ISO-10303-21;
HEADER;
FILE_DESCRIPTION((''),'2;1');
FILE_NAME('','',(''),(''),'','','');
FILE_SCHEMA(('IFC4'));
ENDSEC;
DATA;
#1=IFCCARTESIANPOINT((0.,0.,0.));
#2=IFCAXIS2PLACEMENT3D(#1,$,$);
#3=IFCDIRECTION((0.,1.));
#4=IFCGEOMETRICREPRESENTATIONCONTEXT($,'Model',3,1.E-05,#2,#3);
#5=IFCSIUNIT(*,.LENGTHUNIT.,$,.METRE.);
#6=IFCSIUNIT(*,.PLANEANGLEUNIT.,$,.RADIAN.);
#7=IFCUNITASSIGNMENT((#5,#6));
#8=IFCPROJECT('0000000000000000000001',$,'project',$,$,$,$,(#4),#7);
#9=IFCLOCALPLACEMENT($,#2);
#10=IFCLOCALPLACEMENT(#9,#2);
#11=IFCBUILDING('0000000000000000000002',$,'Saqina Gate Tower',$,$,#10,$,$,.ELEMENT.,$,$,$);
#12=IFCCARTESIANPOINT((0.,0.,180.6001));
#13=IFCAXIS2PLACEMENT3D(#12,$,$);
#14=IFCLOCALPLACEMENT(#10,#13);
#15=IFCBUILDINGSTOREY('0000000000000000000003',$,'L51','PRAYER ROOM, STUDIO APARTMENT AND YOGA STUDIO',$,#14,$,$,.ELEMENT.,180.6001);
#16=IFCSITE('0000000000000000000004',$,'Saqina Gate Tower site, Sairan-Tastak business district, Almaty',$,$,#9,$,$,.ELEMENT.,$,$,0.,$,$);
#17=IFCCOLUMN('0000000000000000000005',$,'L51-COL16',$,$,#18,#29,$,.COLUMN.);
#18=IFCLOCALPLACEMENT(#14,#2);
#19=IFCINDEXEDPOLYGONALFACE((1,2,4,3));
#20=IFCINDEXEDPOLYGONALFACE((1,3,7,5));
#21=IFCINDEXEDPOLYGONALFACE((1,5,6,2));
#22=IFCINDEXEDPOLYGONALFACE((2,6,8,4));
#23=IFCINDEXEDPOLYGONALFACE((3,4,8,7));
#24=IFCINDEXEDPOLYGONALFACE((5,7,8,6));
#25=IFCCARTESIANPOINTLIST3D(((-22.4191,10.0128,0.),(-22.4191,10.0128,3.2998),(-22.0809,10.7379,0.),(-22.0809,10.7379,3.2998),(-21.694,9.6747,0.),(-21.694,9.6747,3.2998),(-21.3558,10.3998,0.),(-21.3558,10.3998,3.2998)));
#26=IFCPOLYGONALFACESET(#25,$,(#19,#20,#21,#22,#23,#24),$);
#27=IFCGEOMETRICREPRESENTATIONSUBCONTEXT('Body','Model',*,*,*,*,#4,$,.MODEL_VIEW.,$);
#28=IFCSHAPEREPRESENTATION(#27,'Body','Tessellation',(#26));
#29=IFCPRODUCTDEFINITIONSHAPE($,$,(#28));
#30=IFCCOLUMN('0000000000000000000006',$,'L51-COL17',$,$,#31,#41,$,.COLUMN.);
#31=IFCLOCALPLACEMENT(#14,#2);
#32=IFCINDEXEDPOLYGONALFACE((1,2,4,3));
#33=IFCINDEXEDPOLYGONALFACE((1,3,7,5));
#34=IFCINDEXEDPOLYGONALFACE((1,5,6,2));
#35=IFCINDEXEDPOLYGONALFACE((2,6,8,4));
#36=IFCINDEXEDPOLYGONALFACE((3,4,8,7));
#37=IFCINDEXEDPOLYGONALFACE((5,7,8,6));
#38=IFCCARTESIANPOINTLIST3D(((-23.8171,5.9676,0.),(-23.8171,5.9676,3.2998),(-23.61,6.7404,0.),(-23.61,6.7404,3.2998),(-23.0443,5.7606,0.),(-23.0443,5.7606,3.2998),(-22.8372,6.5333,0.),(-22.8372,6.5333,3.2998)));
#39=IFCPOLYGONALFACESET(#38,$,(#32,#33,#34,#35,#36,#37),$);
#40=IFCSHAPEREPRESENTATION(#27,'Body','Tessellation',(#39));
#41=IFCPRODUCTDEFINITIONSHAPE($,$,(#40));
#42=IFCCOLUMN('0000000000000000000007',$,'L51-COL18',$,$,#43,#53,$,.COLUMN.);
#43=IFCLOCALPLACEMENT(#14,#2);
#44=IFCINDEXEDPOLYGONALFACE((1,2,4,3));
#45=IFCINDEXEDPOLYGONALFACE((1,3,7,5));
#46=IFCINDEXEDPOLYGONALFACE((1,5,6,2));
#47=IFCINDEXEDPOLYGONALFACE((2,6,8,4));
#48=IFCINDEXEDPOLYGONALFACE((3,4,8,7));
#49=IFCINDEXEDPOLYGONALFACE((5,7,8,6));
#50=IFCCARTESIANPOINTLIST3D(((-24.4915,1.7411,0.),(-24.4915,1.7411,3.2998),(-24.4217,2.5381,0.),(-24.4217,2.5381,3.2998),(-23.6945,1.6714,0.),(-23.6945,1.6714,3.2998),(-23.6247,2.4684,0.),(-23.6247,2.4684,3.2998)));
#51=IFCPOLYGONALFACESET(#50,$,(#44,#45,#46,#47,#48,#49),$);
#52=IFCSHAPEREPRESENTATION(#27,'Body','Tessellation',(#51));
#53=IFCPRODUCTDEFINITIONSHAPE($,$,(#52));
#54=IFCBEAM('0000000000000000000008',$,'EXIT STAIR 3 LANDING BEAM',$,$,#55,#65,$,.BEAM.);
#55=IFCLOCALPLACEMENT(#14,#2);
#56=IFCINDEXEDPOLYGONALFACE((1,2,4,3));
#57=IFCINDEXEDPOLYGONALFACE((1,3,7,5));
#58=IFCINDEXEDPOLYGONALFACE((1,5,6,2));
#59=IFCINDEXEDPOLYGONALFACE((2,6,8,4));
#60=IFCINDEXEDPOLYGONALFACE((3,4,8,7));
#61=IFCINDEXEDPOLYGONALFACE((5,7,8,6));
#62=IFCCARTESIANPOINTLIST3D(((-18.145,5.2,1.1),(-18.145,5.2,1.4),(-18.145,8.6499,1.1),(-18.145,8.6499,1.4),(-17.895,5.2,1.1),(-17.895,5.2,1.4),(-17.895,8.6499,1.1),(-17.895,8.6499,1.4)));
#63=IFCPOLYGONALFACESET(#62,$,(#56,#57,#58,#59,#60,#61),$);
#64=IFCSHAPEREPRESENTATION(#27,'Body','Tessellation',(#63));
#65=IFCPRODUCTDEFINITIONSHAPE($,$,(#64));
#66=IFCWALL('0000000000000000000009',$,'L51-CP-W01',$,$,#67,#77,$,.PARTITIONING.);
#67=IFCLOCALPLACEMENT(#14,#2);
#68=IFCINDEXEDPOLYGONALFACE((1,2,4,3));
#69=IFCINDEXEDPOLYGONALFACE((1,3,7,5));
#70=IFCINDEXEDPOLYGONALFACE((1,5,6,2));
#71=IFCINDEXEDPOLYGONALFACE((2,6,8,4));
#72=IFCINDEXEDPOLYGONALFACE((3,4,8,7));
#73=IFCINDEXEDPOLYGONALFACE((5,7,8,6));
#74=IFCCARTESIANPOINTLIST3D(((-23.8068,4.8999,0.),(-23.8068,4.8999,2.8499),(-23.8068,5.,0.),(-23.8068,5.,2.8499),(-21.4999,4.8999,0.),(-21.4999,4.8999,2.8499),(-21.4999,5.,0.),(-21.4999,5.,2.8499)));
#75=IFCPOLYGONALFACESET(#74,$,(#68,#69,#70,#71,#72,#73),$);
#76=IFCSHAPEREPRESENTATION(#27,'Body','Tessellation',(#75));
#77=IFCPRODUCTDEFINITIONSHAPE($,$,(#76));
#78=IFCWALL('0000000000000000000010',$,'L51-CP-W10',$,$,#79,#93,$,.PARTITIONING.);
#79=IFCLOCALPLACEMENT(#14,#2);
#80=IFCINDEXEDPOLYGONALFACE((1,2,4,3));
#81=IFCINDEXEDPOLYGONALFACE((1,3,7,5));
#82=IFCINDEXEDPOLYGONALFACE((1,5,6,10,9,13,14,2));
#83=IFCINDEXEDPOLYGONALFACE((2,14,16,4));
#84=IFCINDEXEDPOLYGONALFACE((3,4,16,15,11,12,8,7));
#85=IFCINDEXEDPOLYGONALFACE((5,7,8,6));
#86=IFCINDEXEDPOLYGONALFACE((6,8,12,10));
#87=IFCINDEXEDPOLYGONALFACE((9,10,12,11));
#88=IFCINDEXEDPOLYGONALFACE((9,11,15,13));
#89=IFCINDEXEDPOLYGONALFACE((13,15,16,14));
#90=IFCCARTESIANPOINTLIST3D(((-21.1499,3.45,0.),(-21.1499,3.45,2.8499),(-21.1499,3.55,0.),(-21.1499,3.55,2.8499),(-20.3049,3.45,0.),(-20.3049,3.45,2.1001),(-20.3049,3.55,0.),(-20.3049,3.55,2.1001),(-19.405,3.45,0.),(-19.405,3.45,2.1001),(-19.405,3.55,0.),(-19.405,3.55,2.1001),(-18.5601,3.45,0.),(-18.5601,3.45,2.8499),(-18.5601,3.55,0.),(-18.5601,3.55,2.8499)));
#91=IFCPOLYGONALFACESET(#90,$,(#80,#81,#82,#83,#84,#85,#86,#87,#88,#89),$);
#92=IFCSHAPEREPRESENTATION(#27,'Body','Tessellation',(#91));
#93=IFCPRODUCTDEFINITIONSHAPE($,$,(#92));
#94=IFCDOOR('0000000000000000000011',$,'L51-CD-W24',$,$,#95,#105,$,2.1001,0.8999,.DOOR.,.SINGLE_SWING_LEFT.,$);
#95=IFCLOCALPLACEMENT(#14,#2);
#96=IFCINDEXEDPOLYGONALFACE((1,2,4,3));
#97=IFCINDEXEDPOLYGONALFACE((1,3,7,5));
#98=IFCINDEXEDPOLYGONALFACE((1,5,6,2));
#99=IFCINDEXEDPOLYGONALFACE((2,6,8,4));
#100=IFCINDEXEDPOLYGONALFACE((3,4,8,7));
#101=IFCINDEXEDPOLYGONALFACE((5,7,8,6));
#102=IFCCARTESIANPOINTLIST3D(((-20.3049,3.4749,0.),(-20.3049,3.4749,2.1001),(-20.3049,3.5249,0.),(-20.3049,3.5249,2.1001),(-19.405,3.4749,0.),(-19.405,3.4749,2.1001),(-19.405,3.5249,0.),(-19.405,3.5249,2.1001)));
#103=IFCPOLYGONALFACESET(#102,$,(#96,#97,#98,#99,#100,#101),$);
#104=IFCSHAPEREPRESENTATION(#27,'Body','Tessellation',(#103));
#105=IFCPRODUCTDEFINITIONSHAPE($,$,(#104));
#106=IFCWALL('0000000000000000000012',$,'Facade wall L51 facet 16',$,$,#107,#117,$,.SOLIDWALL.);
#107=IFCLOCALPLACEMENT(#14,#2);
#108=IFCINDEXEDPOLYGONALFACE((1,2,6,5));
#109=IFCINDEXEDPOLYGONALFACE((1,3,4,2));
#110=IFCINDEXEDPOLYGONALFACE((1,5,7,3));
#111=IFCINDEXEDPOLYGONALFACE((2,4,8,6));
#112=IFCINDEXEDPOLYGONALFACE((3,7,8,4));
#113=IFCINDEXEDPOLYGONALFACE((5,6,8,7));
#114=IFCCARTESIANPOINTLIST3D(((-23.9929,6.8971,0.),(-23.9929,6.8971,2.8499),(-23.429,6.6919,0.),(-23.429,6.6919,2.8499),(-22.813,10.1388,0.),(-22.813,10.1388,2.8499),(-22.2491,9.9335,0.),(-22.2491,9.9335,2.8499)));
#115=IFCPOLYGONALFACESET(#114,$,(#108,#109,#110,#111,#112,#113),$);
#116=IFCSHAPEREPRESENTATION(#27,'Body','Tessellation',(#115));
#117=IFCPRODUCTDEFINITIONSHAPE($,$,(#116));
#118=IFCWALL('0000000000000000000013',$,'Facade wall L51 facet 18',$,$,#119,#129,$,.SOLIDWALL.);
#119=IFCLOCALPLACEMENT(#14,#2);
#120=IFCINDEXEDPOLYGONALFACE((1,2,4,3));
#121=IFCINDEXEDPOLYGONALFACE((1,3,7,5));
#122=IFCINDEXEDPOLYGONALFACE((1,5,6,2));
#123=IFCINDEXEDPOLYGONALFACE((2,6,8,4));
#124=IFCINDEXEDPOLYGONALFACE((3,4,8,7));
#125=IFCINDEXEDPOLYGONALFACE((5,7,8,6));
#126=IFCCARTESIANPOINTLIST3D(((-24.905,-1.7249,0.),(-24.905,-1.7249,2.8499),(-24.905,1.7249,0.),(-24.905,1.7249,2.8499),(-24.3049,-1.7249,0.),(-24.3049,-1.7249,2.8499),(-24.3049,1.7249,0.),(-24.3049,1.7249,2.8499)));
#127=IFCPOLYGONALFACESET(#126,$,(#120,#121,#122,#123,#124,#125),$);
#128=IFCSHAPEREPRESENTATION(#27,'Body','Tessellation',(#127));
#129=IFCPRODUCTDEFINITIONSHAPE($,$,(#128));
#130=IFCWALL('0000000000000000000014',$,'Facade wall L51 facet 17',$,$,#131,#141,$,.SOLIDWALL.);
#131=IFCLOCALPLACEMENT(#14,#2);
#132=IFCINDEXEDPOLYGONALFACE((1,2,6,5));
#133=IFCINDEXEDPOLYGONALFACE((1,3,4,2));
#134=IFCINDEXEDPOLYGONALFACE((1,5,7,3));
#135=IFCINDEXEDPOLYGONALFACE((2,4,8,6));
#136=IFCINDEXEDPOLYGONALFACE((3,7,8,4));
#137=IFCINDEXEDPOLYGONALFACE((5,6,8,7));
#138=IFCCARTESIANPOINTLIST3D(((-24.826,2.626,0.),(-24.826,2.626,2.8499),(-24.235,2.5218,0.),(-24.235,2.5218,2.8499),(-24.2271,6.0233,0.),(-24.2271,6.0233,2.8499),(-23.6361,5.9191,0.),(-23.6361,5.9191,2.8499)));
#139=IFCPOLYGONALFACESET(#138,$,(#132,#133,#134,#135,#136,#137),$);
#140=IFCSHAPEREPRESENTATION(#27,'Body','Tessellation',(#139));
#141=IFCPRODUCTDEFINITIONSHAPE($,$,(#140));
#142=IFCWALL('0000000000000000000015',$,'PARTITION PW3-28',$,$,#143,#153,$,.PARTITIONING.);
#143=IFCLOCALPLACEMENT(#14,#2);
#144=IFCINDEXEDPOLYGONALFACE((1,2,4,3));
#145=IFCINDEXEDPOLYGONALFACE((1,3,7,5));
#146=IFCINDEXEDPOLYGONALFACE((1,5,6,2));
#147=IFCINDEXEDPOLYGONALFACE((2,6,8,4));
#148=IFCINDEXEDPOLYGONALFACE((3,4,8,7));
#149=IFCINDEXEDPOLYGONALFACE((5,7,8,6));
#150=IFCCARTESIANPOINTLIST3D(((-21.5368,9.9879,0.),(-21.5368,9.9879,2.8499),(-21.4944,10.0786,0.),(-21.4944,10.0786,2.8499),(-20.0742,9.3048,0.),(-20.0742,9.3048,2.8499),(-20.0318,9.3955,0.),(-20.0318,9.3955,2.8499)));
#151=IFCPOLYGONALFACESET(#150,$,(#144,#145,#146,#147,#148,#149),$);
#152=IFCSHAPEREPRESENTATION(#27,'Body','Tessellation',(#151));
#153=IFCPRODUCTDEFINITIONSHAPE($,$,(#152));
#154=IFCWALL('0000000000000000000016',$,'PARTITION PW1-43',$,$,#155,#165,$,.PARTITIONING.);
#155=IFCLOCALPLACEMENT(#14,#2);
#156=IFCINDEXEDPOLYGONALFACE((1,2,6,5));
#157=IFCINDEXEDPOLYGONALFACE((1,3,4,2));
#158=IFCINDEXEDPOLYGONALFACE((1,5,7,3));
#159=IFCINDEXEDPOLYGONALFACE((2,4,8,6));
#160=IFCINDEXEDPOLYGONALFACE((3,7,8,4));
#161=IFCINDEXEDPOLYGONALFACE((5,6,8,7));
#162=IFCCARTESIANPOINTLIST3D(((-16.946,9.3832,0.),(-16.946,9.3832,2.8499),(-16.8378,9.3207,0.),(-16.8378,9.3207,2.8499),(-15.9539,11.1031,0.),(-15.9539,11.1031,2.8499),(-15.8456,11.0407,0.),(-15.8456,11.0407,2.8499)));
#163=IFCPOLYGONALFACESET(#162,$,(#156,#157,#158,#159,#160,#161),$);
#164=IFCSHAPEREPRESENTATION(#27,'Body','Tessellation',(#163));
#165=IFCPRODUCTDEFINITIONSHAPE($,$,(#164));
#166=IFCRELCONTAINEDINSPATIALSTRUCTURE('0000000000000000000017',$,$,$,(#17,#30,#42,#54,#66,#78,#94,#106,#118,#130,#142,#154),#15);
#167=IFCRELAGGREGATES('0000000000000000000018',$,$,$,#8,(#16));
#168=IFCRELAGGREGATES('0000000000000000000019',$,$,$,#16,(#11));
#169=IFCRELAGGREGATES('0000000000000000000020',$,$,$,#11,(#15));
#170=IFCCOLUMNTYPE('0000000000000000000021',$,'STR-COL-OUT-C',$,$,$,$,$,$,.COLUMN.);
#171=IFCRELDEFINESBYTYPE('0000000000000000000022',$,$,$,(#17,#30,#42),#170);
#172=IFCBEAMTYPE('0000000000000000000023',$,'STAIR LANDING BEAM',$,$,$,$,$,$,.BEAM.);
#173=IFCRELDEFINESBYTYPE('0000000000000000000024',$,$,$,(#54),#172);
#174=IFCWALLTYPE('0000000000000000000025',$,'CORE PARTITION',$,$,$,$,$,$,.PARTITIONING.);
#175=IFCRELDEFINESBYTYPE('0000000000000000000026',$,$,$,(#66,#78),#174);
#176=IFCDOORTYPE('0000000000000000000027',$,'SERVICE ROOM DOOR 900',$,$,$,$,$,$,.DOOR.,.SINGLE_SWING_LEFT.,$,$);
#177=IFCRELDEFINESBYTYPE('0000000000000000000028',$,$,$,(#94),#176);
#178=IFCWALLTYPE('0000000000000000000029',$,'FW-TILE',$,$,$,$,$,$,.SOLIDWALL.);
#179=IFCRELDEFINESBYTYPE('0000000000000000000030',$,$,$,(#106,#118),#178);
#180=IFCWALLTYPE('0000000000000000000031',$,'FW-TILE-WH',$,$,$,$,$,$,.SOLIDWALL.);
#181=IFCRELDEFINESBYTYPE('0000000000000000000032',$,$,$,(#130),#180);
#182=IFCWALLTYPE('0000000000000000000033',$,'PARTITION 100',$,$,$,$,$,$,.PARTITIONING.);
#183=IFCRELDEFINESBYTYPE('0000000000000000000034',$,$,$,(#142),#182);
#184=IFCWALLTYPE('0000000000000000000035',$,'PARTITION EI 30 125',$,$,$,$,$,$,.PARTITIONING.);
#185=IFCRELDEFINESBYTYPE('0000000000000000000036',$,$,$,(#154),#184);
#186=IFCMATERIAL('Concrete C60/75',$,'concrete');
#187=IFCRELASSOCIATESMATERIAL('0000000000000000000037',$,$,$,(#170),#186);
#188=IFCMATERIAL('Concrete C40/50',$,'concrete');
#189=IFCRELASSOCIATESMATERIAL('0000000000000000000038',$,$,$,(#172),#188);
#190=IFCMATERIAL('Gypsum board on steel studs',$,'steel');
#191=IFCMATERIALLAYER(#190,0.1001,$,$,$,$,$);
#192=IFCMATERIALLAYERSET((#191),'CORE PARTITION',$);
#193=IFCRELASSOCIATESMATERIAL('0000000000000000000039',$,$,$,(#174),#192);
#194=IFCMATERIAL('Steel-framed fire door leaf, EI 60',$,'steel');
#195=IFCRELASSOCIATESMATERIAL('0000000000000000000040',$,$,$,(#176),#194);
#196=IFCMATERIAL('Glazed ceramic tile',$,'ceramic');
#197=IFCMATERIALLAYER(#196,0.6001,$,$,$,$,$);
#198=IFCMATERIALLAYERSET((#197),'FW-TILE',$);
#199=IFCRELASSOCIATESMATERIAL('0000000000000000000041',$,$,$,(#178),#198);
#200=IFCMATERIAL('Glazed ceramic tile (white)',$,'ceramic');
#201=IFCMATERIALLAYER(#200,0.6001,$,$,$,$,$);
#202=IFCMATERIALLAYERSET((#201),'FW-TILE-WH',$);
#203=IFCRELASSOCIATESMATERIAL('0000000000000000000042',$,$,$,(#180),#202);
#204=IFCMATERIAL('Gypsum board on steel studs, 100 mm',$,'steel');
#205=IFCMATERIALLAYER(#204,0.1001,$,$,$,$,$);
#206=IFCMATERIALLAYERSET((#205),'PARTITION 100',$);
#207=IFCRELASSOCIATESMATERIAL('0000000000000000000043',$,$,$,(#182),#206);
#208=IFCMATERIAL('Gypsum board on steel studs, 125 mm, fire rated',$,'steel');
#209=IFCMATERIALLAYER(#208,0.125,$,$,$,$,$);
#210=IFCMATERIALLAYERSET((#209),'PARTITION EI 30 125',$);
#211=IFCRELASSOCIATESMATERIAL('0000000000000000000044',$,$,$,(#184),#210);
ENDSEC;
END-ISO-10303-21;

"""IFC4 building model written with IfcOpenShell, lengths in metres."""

from ifc_helpers import new_model, si_unit, direction, frame, frame_2d, origin, origin_2d, place, context, subcontext, project, spatial, rectangle, extrude, material, layer, layer_set, material_profile, profile_set, type_object, element, fill, save


model = new_model("IFC4")

# Units and contexts
model_context = context("Model", 3, precision=1e-05, world=origin(), true_north=direction((0.0, 1.0)))
body_context = subcontext(model_context, "Body", "Model", "MODEL_VIEW")
ifc_project = project(units=[si_unit("LENGTHUNIT", "METRE"), si_unit("PLANEANGLEUNIT", "RADIAN")], contexts=[model_context])

# Site, building, storey
site_placement = place(None, origin())
site = spatial("IfcSite", under=ifc_project, at=site_placement, Name="Saqina Gate Tower site, Sairan-Tastak business district, Almaty", CompositionType="ELEMENT", RefElevation=0.0)
building_placement = place(site_placement, origin())
building = spatial("IfcBuilding", under=site, at=building_placement, Name="Saqina Gate Tower", CompositionType="ELEMENT")
storey_placement = place(building_placement, frame((0.0, 0.0, 180.6001)))
storey = spatial("IfcBuildingStorey", under=building, at=storey_placement, Name="L51", Description="PRAYER ROOM, STUDIO APARTMENT AND YOGA STUDIO", CompositionType="ELEMENT", Elevation=180.6001)

# Columns
ifc_material_1 = material(Name="Concrete C60/75", Category="concrete")
ifc_material_profile_1 = material_profile(ifc_material_1, rectangle(XDim=0.8, YDim=0.8, at=origin_2d()), Name="RC 800x800")
ifc_profile_set_1 = profile_set([ifc_material_profile_1], Name="Concrete C60/75")
column_type = type_object("IfcColumnType", Name="STR-COL-OUT-C", PredefinedType="COLUMN", material=ifc_profile_set_1)
for number, where, z_axis, x_axis, name in (
    (1, (-21.8875, 10.2063, 0.0), (0.0, 0.0, 1.0), (-0.906308, 0.422618, 0.0), "L51-COL16"),
    (2, (-23.3271, 6.2505, 0.0), (0.0, 0.0, 1.0), (-0.965926, 0.258819, 0.0), "L51-COL17"),
    (3, (-24.0581, 2.1047, 0.0), (0.0, 0.0, 1.0), (-0.996195, 0.087156, 0.0), "L51-COL18"),
):
    element("IfcColumn", number, at=place(storey_placement, frame(where, z_axis=z_axis, x_axis=x_axis)), inside=storey, type_object=column_type, Name=name, PredefinedType="COLUMN", context=body_context, shape_type="SweptSolid", body=[
        extrude(rectangle(XDim=0.8, YDim=0.8, at=origin_2d()), origin(), (0.0, 0.0, 1.0), 3.2998),
    ])

# Beam
ifc_material_2 = material(Name="Concrete C40/50", Category="concrete")
ifc_material_profile_2 = material_profile(ifc_material_2, rectangle(XDim=0.25, YDim=0.3, at=origin_2d()), Name="STAIR LANDING BEAM")
ifc_profile_set_2 = profile_set([ifc_material_profile_2], Name="Concrete C40/50")
beam_type = type_object("IfcBeamType", Name="STAIR LANDING BEAM", PredefinedType="BEAM", material=ifc_profile_set_2)
beam_placement = place(storey_placement, frame((-18.02, 5.2, 1.25), z_axis=(0.0, 1.0, 0.0), x_axis=(-1.0, 0.0, 0.0)))
element("IfcBeam", 4, at=beam_placement, inside=storey, type_object=beam_type, Name="EXIT STAIR 3 LANDING BEAM", PredefinedType="BEAM", context=body_context, shape_type="SweptSolid", body=[
    extrude(rectangle(XDim=0.25, YDim=0.3, at=origin_2d()), origin(), (0.0, 0.0, 1.0), 3.45),
])

# Wall
ifc_material_3 = material(Name="Gypsum board on steel studs", Category="steel")
ifc_layer_1 = layer(ifc_material_3, 0.1001)
ifc_layer_set_1 = layer_set([ifc_layer_1], Name="CORE PARTITION")
wall_type_1 = type_object("IfcWallType", Name="CORE PARTITION", PredefinedType="PARTITIONING", material=ifc_layer_set_1)
wall_1_placement = place(storey_placement, frame((-21.5, 4.95, 0.0), z_axis=(0.0, 0.0, 1.0), x_axis=(-1.0, 0.0, 0.0)))
element("IfcWall", 5, at=wall_1_placement, inside=storey, type_object=wall_type_1, Name="L51-CP-W01", PredefinedType="PARTITIONING", context=body_context, shape_type="SweptSolid", body=[
    extrude(rectangle(XDim=2.3069, YDim=0.1001, at=frame_2d((1.1533, 0.0))), origin(), (0.0, 0.0, 1.0), 2.8499),
])

# Wall, opening, door
wall_2_placement = place(storey_placement, frame((-18.5601, 3.5, 0.0), z_axis=(0.0, 0.0, 1.0), x_axis=(-1.0, 0.0, 0.0)))
wall_2 = element("IfcWall", 6, at=wall_2_placement, inside=storey, type_object=wall_type_1, Name="L51-CP-W10", PredefinedType="PARTITIONING", context=body_context, shape_type="SweptSolid", body=[
    extrude(rectangle(XDim=2.5898, YDim=0.1001, at=frame_2d((1.2949, 0.0))), origin(), (0.0, 0.0, 1.0), 2.8499),
])
opening_1_placement = place(wall_2_placement, frame((0.845, 0.0, 0.0)))
opening_1 = element("IfcOpeningElement", 7, at=opening_1_placement, cuts=wall_2, PredefinedType="OPENING", context=body_context, shape_type="SweptSolid", body=[
    extrude(rectangle(XDim=0.8999, YDim=2.1001, at=frame_2d((0.45, 1.05))), frame((0.0, 0.062, 0.0), z_axis=(0.0, -1.0, 0.0), x_axis=(1.0, 0.0, 0.0)), (0.0, 0.0, 1.0), 0.124),
])
ifc_material_4 = material(Name="Steel-framed fire door leaf, EI 60", Category="steel")
door_type_1 = type_object("IfcDoorType", Name="SERVICE ROOM DOOR 900", OperationType="SINGLE_SWING_LEFT", PredefinedType="DOOR", material=ifc_material_4)
door_1_placement = place(opening_1_placement, frame((0.8999, 0.0, 0.0), z_axis=(0.0, 0.0, 1.0), x_axis=(-1.0, 0.0, 0.0)))
door_1 = element("IfcDoor", 8, at=door_1_placement, inside=storey, type_object=door_type_1, Name="L51-CD-W24", OperationType="SINGLE_SWING_LEFT", OverallHeight=2.1001, OverallWidth=0.8999, PredefinedType="DOOR", context=body_context, shape_type="SweptSolid", body=[
    extrude(rectangle(XDim=0.8999, YDim=2.1001, at=frame_2d((0.45, 1.05))), frame((0.0, 0.0249, 0.0), z_axis=(0.0, -1.0, 0.0), x_axis=(1.0, 0.0, 0.0)), (0.0, 0.0, 1.0), 0.05),
])
fill(opening_1, door_1)

# Walls
ifc_material_5 = material(Name="Glazed ceramic tile", Category="ceramic")
ifc_layer_2 = layer(ifc_material_5, 0.6001)
ifc_layer_set_2 = layer_set([ifc_layer_2], Name="FW-TILE")
wall_type_2 = type_object("IfcWallType", Name="FW-TILE", PredefinedType="SOLIDWALL", material=ifc_layer_set_2)
for number, where, z_axis, x_axis, name in (
    (9, (-22.531, 10.0361, 0.0), (0.0, 0.0, 1.0), (-0.342033, -0.939688, 0.0), "Facade wall L51 facet 16"),
    (10, (-24.605, 1.7249, 0.0), (0.0, 0.0, 1.0), (0.0, -1.0, 0.0), "Facade wall L51 facet 18"),
):
    element("IfcWall", number, at=place(storey_placement, frame(where, z_axis=z_axis, x_axis=x_axis)), inside=storey, type_object=wall_type_2, Name=name, PredefinedType="SOLIDWALL", context=body_context, shape_type="SweptSolid", body=[
        extrude(rectangle(XDim=3.4497, YDim=0.6001, at=frame_2d((1.7249, 0.0))), origin(), (0.0, 0.0, 1.0), 2.8499),
    ])
ifc_material_6 = material(Name="Glazed ceramic tile (white)", Category="ceramic")
ifc_layer_3 = layer(ifc_material_6, 0.6001)
ifc_layer_set_3 = layer_set([ifc_layer_3], Name="FW-TILE-WH")
wall_type_3 = type_object("IfcWallType", Name="FW-TILE-WH", PredefinedType="SOLIDWALL", material=ifc_layer_set_3)
wall_3_placement = place(storey_placement, frame((-23.9316, 5.9712, 0.0), z_axis=(0.0, 0.0, 1.0), x_axis=(-0.173608, -0.984815, 0.0)))
element("IfcWall", 11, at=wall_3_placement, inside=storey, type_object=wall_type_3, Name="Facade wall L51 facet 17", PredefinedType="SOLIDWALL", context=body_context, shape_type="SweptSolid", body=[
    extrude(rectangle(XDim=3.4497, YDim=0.6001, at=frame_2d((1.7249, 0.0))), origin(), (0.0, 0.0, 1.0), 2.8499),
])
ifc_material_7 = material(Name="Gypsum board on steel studs, 100 mm", Category="steel")
ifc_layer_4 = layer(ifc_material_7, 0.1001)
ifc_layer_set_4 = layer_set([ifc_layer_4], Name="PARTITION 100")
wall_type_4 = type_object("IfcWallType", Name="PARTITION 100", PredefinedType="PARTITIONING", material=ifc_layer_set_4)
wall_4_placement = place(storey_placement, frame((-21.5156, 10.0332, 0.0), z_axis=(0.0, 0.0, 1.0), x_axis=(0.906056, -0.423159, 0.0)))
element("IfcWall", 12, at=wall_4_placement, inside=storey, type_object=wall_type_4, Name="PARTITION PW3-28", PredefinedType="PARTITIONING", context=body_context, shape_type="SweptSolid", body=[
    extrude(rectangle(XDim=1.6143, YDim=0.1001, at=frame_2d((0.8071, 0.0))), origin(), (0.0, 0.0, 1.0), 2.8499),
])
ifc_material_8 = material(Name="Gypsum board on steel studs, 125 mm, fire rated", Category="steel")
ifc_layer_5 = layer(ifc_material_8, 0.125)
ifc_layer_set_5 = layer_set([ifc_layer_5], Name="PARTITION EI 30 125")
wall_type_5 = type_object("IfcWallType", Name="PARTITION EI 30 125", PredefinedType="PARTITIONING", material=ifc_layer_set_5)
wall_5_placement = place(storey_placement, frame((-16.8918, 9.3521, 0.0), z_axis=(0.0, 0.0, 1.0), x_axis=(0.499683, 0.866208, 0.0)))
element("IfcWall", 13, at=wall_5_placement, inside=storey, type_object=wall_type_5, Name="PARTITION PW1-43", PredefinedType="PARTITIONING", context=body_context, shape_type="SweptSolid", body=[
    extrude(rectangle(XDim=1.9856, YDim=0.125, at=frame_2d((0.9927, 0.0))), origin(), (0.0, 0.0, 1.0), 2.8499),
])

save(model, "model.ifc")
